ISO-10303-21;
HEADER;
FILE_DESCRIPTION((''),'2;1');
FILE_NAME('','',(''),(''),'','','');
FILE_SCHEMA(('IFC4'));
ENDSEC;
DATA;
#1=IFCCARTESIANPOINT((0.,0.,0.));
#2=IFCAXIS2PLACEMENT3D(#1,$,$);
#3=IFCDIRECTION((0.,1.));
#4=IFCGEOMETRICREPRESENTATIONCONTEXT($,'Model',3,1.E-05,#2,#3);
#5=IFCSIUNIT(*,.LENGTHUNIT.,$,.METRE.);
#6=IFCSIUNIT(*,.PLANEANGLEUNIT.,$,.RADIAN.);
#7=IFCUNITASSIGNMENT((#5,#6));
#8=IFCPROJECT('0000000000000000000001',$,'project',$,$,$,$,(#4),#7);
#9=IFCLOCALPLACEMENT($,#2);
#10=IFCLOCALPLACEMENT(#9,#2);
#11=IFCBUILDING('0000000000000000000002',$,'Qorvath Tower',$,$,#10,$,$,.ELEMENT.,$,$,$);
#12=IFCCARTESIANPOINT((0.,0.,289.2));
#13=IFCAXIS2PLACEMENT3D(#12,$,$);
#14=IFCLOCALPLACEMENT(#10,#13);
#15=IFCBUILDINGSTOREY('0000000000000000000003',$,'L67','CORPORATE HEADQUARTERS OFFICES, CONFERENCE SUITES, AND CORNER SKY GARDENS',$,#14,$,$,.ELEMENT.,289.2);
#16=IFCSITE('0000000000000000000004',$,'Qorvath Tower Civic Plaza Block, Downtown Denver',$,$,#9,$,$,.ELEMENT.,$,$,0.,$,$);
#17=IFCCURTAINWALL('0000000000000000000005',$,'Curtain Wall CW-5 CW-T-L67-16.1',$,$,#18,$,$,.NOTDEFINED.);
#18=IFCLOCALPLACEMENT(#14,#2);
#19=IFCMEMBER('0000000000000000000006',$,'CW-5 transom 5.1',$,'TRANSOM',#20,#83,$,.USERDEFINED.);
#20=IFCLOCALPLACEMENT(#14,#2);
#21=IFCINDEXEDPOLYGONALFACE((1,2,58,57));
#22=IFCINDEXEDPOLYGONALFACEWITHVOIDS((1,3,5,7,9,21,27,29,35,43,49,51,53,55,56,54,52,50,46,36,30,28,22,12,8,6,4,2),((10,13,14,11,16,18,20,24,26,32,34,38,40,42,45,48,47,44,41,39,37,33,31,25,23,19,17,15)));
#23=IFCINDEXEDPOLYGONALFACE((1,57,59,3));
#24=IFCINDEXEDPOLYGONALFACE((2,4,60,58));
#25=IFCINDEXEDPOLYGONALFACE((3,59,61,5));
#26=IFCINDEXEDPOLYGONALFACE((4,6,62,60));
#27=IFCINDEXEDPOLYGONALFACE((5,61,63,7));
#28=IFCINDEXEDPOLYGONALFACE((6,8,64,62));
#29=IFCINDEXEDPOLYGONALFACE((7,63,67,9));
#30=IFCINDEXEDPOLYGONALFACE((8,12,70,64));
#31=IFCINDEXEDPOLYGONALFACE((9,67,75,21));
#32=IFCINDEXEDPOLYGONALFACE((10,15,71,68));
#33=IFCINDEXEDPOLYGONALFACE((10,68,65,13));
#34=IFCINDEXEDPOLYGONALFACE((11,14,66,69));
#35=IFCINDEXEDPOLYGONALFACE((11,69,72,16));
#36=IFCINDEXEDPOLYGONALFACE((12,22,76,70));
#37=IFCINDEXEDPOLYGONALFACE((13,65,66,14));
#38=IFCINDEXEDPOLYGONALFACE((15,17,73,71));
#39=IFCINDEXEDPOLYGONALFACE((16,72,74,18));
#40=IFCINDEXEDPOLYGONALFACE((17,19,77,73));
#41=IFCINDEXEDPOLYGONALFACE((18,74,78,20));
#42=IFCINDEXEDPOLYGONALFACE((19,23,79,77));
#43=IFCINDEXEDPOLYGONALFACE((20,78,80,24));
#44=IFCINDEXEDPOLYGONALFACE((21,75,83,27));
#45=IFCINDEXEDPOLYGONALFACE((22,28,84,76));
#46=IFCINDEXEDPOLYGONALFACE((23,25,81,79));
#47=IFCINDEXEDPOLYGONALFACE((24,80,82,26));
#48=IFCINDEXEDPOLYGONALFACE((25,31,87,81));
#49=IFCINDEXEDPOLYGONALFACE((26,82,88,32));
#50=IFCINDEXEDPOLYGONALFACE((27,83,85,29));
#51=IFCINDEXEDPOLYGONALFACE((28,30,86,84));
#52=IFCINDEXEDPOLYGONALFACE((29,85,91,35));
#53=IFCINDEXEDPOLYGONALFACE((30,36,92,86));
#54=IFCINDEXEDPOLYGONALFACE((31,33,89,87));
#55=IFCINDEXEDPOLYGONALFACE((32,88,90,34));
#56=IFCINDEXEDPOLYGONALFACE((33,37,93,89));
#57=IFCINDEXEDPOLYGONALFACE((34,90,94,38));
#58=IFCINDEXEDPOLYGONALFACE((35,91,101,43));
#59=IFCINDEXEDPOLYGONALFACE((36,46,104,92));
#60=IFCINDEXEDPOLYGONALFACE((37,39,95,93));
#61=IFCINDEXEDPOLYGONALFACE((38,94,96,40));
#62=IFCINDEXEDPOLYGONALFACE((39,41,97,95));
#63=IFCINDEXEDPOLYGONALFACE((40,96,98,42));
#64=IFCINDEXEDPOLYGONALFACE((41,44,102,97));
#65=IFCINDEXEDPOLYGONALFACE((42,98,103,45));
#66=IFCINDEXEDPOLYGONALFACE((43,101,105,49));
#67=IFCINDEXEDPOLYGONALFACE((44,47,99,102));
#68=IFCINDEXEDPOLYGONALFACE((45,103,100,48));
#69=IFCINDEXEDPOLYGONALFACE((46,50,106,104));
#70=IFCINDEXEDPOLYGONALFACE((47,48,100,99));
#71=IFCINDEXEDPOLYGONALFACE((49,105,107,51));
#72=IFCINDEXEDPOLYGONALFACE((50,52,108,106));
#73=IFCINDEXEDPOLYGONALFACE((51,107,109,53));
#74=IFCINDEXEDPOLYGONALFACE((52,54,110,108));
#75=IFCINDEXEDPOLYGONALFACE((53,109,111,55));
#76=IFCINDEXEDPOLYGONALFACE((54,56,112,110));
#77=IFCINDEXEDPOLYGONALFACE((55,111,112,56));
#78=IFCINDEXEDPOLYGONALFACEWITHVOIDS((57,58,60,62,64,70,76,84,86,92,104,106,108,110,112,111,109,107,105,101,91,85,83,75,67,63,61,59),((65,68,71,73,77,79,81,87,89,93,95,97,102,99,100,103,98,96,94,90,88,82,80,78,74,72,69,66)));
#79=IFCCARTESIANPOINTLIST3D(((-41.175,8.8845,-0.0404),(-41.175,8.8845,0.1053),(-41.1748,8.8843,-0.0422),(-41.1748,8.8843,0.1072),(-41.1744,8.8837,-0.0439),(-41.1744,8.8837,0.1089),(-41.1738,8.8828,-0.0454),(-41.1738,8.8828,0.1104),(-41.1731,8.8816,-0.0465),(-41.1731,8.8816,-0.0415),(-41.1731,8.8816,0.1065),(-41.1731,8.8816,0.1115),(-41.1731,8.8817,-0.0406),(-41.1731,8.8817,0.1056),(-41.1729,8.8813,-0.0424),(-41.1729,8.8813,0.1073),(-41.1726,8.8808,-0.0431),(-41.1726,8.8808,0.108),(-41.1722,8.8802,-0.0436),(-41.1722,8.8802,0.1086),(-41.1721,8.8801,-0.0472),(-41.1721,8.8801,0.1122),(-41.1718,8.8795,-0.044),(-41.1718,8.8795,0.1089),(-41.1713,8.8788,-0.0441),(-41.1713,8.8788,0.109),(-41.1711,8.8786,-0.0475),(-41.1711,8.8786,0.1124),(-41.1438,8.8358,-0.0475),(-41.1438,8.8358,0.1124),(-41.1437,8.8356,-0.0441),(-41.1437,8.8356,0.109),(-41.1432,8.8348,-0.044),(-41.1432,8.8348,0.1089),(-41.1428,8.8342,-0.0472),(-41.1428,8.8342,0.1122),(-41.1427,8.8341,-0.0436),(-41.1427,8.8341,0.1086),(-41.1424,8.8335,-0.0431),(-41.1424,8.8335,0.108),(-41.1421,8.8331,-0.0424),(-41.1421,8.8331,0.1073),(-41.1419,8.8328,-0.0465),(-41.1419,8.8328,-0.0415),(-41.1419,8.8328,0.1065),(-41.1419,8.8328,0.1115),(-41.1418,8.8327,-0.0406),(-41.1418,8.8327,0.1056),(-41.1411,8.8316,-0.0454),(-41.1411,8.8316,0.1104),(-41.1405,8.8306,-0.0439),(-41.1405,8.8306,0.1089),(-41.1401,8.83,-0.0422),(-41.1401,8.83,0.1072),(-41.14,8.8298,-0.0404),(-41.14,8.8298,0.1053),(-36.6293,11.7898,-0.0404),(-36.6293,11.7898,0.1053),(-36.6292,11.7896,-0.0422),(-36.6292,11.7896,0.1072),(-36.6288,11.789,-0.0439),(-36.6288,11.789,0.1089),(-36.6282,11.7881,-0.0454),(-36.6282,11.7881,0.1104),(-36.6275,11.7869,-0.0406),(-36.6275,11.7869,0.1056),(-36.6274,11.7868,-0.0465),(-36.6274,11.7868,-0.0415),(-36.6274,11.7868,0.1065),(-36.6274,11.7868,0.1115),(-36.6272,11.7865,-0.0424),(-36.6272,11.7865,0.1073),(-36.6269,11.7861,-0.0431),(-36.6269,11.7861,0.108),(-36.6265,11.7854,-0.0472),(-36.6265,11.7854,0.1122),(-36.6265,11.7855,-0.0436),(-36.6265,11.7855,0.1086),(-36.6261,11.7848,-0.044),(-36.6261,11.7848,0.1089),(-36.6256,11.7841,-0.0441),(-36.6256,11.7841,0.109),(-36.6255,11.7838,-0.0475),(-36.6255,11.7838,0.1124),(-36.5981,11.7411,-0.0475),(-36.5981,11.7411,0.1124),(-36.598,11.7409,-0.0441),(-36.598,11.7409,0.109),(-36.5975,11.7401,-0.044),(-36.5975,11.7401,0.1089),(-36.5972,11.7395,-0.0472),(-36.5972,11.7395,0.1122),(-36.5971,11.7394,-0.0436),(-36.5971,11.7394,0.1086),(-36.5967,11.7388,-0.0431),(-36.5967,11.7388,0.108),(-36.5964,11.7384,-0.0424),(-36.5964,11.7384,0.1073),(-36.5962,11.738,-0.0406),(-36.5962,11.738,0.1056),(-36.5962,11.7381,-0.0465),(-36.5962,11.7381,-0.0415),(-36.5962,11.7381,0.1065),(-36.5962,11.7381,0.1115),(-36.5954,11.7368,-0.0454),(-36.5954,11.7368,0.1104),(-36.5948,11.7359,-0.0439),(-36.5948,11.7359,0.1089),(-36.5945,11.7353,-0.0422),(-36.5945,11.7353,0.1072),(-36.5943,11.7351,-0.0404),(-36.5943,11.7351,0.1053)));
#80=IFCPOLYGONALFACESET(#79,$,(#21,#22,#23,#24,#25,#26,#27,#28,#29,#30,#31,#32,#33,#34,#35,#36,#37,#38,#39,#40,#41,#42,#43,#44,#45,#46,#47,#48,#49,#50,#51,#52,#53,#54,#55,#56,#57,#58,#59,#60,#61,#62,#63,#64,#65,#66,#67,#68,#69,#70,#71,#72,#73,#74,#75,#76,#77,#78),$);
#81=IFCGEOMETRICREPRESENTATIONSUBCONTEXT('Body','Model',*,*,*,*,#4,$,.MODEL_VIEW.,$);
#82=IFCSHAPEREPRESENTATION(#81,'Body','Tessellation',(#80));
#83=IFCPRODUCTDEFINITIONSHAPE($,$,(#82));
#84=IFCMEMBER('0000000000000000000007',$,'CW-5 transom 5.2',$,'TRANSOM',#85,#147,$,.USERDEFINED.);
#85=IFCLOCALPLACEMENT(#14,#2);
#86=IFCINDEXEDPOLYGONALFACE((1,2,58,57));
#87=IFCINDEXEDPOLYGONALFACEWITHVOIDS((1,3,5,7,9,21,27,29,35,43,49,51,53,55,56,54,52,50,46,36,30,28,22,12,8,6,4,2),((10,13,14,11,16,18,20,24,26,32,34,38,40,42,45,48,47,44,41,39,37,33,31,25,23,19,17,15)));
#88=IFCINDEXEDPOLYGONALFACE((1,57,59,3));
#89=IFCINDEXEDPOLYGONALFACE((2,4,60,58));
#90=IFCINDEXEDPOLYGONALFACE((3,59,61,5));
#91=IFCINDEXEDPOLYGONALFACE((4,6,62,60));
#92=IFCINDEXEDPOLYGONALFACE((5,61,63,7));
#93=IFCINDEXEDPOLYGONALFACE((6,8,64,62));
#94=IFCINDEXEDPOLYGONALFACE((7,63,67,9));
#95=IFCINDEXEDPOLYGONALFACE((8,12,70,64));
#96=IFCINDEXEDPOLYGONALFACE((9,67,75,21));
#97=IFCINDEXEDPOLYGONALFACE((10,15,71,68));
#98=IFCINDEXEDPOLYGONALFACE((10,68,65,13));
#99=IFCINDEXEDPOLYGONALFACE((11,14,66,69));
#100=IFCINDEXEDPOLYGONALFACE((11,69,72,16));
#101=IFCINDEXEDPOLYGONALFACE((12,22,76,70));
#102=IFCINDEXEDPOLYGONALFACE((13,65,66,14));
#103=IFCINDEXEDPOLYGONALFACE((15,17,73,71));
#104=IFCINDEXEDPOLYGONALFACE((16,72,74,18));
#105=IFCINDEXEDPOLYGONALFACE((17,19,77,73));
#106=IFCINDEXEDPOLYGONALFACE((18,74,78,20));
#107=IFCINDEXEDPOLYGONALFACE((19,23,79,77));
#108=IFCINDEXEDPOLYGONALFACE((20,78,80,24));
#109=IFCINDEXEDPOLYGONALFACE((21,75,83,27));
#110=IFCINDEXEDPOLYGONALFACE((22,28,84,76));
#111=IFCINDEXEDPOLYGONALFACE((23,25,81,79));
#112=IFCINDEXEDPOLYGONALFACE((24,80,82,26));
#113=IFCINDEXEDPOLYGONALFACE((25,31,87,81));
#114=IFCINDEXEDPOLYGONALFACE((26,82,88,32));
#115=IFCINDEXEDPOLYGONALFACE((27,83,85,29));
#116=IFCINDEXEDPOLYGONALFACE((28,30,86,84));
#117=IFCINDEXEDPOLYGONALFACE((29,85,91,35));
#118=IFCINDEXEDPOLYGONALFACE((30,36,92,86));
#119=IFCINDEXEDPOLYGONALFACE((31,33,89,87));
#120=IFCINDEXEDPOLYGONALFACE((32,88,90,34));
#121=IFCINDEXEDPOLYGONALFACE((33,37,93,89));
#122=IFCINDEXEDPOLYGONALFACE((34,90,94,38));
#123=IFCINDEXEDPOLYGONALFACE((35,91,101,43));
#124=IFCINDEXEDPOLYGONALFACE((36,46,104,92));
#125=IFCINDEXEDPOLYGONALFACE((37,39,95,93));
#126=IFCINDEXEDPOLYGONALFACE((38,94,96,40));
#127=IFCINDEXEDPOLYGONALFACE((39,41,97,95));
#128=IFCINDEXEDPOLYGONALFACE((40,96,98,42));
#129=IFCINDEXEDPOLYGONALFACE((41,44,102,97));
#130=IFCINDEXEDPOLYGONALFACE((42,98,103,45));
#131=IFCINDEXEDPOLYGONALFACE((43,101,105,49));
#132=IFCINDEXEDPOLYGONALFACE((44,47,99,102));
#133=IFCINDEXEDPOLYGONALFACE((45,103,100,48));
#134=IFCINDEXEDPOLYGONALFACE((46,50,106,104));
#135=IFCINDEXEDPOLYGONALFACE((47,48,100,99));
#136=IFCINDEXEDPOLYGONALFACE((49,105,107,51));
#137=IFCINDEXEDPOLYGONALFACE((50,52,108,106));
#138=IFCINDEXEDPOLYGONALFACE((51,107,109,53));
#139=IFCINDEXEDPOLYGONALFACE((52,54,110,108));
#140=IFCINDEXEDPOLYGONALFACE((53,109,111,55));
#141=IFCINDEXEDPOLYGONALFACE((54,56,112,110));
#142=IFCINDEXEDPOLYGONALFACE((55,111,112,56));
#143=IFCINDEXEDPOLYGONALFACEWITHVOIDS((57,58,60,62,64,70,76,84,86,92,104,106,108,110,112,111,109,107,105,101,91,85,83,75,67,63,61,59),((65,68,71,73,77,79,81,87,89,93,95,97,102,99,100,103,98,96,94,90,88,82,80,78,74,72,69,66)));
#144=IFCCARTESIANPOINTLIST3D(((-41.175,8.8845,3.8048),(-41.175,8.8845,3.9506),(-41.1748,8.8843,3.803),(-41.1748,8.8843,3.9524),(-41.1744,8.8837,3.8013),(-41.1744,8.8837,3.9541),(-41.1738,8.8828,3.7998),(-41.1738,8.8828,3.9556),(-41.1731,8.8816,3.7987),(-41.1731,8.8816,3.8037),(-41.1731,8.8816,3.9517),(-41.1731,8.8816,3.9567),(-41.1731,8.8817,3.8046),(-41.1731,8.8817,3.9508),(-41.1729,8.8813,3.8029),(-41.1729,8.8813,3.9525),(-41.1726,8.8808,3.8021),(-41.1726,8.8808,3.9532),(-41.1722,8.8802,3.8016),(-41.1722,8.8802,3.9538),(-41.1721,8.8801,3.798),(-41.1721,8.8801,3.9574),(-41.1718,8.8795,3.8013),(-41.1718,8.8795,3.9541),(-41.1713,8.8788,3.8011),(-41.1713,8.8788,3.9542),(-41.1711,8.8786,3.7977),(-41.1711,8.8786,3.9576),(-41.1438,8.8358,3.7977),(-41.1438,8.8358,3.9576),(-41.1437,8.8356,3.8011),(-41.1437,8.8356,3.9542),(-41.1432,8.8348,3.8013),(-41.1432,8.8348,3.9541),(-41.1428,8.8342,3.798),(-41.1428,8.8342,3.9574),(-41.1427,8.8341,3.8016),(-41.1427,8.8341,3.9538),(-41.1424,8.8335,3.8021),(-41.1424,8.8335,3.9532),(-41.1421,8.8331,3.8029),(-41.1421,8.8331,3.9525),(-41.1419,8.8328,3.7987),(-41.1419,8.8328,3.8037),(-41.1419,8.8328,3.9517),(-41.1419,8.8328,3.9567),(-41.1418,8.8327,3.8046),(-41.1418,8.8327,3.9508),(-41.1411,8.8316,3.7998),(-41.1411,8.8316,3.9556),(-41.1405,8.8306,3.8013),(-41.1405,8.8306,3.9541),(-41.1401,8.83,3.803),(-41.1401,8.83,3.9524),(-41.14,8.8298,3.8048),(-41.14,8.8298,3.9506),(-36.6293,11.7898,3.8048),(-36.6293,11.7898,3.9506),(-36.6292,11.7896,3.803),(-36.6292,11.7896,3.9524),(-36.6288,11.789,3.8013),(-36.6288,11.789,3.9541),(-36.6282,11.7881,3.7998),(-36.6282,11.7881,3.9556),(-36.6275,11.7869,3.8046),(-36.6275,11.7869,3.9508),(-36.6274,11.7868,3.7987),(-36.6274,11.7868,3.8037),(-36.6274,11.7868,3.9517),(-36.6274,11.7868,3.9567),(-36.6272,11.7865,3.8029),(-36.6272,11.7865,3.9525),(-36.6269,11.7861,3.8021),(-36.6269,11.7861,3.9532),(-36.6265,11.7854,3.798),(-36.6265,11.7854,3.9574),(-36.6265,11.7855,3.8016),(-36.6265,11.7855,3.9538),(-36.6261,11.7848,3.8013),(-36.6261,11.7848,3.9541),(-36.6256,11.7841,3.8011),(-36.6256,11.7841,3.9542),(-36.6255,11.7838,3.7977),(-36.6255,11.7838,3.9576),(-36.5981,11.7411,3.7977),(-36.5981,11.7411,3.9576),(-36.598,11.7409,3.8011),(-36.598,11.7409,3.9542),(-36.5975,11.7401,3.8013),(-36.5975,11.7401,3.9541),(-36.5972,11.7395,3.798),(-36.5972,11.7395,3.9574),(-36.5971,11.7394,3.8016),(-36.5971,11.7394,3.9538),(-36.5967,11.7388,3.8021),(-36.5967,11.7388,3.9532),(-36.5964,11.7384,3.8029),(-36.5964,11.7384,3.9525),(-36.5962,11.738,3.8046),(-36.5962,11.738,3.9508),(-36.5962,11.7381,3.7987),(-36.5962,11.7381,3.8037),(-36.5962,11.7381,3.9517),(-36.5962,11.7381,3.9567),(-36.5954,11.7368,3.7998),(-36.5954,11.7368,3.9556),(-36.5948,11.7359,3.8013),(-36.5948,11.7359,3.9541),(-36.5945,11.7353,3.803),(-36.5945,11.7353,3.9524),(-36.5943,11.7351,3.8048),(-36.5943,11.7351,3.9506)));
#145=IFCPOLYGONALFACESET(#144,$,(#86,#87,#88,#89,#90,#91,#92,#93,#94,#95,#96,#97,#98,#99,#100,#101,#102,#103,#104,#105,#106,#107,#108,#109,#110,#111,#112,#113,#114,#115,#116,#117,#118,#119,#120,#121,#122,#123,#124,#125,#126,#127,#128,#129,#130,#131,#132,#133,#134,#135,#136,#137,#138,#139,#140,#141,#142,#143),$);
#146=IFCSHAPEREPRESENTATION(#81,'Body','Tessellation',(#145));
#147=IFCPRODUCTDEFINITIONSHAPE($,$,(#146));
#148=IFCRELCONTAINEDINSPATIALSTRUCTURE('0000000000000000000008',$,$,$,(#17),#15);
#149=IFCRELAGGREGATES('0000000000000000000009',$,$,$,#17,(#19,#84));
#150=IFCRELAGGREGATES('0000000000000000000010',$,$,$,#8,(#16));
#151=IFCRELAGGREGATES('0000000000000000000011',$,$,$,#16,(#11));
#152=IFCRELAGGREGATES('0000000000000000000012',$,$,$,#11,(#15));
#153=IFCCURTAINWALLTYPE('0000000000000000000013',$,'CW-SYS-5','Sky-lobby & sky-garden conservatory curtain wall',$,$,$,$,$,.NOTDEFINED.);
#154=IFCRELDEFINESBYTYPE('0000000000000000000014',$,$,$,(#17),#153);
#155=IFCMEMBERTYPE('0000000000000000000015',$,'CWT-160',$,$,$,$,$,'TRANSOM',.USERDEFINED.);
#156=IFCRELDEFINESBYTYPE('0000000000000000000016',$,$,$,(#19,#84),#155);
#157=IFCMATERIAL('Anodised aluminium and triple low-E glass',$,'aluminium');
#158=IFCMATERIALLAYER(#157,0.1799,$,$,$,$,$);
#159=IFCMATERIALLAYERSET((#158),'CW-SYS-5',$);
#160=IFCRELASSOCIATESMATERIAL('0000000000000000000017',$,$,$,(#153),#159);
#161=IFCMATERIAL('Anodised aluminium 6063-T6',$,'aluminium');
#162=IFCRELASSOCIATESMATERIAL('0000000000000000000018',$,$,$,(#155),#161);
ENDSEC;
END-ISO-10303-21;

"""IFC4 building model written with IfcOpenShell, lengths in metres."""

from ifc_helpers import new_model, si_unit, direction, frame, origin, origin_2d, place, context, subcontext, project, spatial, hollow_rectangle, extrude, material, layer, layer_set, material_profile, profile_set, type_object, element, aggregate, save


model = new_model("IFC4")

# Units and contexts
model_context = context("Model", 3, precision=1e-05, world=origin(), true_north=direction((0.0, 1.0)))
body_context = subcontext(model_context, "Body", "Model", "MODEL_VIEW")
ifc_project = project(units=[si_unit("LENGTHUNIT", "METRE"), si_unit("PLANEANGLEUNIT", "RADIAN")], contexts=[model_context])

# Site, building, storey
site_placement = place(None, origin())
site = spatial("IfcSite", under=ifc_project, at=site_placement, Name="Qorvath Tower Civic Plaza Block, Downtown Denver", CompositionType="ELEMENT", RefElevation=0.0)
building_placement = place(site_placement, origin())
building = spatial("IfcBuilding", under=site, at=building_placement, Name="Qorvath Tower", CompositionType="ELEMENT")
storey_placement = place(building_placement, frame((0.0, 0.0, 289.2)))
storey = spatial("IfcBuildingStorey", under=building, at=storey_placement, Name="L67", Description="CORPORATE HEADQUARTERS OFFICES, CONFERENCE SUITES, AND CORNER SKY GARDENS", CompositionType="ELEMENT", Elevation=289.2)

# Curtain wall, members
ifc_material_1 = material(Name="Anodised aluminium and triple low-E glass", Category="aluminium")
ifc_layer_1 = layer(ifc_material_1, 0.1799)
ifc_layer_set_1 = layer_set([ifc_layer_1], Name="CW-SYS-5")
curtain_wall_type = type_object("IfcCurtainWallType", Name="CW-SYS-5", Description="Sky-lobby & sky-garden conservatory curtain wall", PredefinedType="NOTDEFINED", material=ifc_layer_set_1)
curtain_wall_placement = place(storey_placement, origin())
curtain_wall = element("IfcCurtainWall", 1, at=curtain_wall_placement, inside=storey, type_object=curtain_wall_type, Name="Curtain Wall CW-5 CW-T-L67-16.1", PredefinedType="NOTDEFINED")
ifc_material_2 = material(Name="Anodised aluminium 6063-T6", Category="aluminium")
ifc_material_profile_1 = material_profile(ifc_material_2, hollow_rectangle(XDim=0.0649, YDim=0.1599, WallThickness=0.0034, InnerFilletRadius=0.0034, OuterFilletRadius=0.0071, at=origin_2d()), Name="CWT 160x65")
ifc_profile_set_1 = profile_set([ifc_material_profile_1], Name="Anodised aluminium 6063-T6")
member_type_1 = type_object("IfcMemberType", Name="CWT-160", ElementType="TRANSOM", PredefinedType="USERDEFINED", material=ifc_profile_set_1)
member_1_placement = place(storey_placement, frame((-36.6118, 11.7625, 0.0325), z_axis=(-0.842603, -0.538535, 0.0), x_axis=(0.538535, -0.842603, 0.0)))
member_1 = element("IfcMember", 2, at=member_1_placement, type_object=member_type_1, Name="CW-5 transom 5.1", ObjectType="TRANSOM", PredefinedType="USERDEFINED", context=body_context, shape_type="SweptSolid", body=[
    extrude(hollow_rectangle(XDim=0.0649, YDim=0.1599, WallThickness=0.0034, InnerFilletRadius=0.0034, OuterFilletRadius=0.0071, at=origin_2d()), origin(), (0.0, 0.0, 1.0), 5.3948),
])
member_2_placement = place(storey_placement, frame((-36.6118, 11.7625, 3.8777), z_axis=(-0.842603, -0.538535, 0.0), x_axis=(0.538535, -0.842603, 0.0)))
member_2 = element("IfcMember", 3, at=member_2_placement, type_object=member_type_1, Name="CW-5 transom 5.2", ObjectType="TRANSOM", PredefinedType="USERDEFINED", context=body_context, shape_type="SweptSolid", body=[
    extrude(hollow_rectangle(XDim=0.0649, YDim=0.1599, WallThickness=0.0034, InnerFilletRadius=0.0034, OuterFilletRadius=0.0071, at=origin_2d()), origin(), (0.0, 0.0, 1.0), 5.3948),
])

aggregate(curtain_wall, [member_1, member_2])

save(model, "model.ifc")
